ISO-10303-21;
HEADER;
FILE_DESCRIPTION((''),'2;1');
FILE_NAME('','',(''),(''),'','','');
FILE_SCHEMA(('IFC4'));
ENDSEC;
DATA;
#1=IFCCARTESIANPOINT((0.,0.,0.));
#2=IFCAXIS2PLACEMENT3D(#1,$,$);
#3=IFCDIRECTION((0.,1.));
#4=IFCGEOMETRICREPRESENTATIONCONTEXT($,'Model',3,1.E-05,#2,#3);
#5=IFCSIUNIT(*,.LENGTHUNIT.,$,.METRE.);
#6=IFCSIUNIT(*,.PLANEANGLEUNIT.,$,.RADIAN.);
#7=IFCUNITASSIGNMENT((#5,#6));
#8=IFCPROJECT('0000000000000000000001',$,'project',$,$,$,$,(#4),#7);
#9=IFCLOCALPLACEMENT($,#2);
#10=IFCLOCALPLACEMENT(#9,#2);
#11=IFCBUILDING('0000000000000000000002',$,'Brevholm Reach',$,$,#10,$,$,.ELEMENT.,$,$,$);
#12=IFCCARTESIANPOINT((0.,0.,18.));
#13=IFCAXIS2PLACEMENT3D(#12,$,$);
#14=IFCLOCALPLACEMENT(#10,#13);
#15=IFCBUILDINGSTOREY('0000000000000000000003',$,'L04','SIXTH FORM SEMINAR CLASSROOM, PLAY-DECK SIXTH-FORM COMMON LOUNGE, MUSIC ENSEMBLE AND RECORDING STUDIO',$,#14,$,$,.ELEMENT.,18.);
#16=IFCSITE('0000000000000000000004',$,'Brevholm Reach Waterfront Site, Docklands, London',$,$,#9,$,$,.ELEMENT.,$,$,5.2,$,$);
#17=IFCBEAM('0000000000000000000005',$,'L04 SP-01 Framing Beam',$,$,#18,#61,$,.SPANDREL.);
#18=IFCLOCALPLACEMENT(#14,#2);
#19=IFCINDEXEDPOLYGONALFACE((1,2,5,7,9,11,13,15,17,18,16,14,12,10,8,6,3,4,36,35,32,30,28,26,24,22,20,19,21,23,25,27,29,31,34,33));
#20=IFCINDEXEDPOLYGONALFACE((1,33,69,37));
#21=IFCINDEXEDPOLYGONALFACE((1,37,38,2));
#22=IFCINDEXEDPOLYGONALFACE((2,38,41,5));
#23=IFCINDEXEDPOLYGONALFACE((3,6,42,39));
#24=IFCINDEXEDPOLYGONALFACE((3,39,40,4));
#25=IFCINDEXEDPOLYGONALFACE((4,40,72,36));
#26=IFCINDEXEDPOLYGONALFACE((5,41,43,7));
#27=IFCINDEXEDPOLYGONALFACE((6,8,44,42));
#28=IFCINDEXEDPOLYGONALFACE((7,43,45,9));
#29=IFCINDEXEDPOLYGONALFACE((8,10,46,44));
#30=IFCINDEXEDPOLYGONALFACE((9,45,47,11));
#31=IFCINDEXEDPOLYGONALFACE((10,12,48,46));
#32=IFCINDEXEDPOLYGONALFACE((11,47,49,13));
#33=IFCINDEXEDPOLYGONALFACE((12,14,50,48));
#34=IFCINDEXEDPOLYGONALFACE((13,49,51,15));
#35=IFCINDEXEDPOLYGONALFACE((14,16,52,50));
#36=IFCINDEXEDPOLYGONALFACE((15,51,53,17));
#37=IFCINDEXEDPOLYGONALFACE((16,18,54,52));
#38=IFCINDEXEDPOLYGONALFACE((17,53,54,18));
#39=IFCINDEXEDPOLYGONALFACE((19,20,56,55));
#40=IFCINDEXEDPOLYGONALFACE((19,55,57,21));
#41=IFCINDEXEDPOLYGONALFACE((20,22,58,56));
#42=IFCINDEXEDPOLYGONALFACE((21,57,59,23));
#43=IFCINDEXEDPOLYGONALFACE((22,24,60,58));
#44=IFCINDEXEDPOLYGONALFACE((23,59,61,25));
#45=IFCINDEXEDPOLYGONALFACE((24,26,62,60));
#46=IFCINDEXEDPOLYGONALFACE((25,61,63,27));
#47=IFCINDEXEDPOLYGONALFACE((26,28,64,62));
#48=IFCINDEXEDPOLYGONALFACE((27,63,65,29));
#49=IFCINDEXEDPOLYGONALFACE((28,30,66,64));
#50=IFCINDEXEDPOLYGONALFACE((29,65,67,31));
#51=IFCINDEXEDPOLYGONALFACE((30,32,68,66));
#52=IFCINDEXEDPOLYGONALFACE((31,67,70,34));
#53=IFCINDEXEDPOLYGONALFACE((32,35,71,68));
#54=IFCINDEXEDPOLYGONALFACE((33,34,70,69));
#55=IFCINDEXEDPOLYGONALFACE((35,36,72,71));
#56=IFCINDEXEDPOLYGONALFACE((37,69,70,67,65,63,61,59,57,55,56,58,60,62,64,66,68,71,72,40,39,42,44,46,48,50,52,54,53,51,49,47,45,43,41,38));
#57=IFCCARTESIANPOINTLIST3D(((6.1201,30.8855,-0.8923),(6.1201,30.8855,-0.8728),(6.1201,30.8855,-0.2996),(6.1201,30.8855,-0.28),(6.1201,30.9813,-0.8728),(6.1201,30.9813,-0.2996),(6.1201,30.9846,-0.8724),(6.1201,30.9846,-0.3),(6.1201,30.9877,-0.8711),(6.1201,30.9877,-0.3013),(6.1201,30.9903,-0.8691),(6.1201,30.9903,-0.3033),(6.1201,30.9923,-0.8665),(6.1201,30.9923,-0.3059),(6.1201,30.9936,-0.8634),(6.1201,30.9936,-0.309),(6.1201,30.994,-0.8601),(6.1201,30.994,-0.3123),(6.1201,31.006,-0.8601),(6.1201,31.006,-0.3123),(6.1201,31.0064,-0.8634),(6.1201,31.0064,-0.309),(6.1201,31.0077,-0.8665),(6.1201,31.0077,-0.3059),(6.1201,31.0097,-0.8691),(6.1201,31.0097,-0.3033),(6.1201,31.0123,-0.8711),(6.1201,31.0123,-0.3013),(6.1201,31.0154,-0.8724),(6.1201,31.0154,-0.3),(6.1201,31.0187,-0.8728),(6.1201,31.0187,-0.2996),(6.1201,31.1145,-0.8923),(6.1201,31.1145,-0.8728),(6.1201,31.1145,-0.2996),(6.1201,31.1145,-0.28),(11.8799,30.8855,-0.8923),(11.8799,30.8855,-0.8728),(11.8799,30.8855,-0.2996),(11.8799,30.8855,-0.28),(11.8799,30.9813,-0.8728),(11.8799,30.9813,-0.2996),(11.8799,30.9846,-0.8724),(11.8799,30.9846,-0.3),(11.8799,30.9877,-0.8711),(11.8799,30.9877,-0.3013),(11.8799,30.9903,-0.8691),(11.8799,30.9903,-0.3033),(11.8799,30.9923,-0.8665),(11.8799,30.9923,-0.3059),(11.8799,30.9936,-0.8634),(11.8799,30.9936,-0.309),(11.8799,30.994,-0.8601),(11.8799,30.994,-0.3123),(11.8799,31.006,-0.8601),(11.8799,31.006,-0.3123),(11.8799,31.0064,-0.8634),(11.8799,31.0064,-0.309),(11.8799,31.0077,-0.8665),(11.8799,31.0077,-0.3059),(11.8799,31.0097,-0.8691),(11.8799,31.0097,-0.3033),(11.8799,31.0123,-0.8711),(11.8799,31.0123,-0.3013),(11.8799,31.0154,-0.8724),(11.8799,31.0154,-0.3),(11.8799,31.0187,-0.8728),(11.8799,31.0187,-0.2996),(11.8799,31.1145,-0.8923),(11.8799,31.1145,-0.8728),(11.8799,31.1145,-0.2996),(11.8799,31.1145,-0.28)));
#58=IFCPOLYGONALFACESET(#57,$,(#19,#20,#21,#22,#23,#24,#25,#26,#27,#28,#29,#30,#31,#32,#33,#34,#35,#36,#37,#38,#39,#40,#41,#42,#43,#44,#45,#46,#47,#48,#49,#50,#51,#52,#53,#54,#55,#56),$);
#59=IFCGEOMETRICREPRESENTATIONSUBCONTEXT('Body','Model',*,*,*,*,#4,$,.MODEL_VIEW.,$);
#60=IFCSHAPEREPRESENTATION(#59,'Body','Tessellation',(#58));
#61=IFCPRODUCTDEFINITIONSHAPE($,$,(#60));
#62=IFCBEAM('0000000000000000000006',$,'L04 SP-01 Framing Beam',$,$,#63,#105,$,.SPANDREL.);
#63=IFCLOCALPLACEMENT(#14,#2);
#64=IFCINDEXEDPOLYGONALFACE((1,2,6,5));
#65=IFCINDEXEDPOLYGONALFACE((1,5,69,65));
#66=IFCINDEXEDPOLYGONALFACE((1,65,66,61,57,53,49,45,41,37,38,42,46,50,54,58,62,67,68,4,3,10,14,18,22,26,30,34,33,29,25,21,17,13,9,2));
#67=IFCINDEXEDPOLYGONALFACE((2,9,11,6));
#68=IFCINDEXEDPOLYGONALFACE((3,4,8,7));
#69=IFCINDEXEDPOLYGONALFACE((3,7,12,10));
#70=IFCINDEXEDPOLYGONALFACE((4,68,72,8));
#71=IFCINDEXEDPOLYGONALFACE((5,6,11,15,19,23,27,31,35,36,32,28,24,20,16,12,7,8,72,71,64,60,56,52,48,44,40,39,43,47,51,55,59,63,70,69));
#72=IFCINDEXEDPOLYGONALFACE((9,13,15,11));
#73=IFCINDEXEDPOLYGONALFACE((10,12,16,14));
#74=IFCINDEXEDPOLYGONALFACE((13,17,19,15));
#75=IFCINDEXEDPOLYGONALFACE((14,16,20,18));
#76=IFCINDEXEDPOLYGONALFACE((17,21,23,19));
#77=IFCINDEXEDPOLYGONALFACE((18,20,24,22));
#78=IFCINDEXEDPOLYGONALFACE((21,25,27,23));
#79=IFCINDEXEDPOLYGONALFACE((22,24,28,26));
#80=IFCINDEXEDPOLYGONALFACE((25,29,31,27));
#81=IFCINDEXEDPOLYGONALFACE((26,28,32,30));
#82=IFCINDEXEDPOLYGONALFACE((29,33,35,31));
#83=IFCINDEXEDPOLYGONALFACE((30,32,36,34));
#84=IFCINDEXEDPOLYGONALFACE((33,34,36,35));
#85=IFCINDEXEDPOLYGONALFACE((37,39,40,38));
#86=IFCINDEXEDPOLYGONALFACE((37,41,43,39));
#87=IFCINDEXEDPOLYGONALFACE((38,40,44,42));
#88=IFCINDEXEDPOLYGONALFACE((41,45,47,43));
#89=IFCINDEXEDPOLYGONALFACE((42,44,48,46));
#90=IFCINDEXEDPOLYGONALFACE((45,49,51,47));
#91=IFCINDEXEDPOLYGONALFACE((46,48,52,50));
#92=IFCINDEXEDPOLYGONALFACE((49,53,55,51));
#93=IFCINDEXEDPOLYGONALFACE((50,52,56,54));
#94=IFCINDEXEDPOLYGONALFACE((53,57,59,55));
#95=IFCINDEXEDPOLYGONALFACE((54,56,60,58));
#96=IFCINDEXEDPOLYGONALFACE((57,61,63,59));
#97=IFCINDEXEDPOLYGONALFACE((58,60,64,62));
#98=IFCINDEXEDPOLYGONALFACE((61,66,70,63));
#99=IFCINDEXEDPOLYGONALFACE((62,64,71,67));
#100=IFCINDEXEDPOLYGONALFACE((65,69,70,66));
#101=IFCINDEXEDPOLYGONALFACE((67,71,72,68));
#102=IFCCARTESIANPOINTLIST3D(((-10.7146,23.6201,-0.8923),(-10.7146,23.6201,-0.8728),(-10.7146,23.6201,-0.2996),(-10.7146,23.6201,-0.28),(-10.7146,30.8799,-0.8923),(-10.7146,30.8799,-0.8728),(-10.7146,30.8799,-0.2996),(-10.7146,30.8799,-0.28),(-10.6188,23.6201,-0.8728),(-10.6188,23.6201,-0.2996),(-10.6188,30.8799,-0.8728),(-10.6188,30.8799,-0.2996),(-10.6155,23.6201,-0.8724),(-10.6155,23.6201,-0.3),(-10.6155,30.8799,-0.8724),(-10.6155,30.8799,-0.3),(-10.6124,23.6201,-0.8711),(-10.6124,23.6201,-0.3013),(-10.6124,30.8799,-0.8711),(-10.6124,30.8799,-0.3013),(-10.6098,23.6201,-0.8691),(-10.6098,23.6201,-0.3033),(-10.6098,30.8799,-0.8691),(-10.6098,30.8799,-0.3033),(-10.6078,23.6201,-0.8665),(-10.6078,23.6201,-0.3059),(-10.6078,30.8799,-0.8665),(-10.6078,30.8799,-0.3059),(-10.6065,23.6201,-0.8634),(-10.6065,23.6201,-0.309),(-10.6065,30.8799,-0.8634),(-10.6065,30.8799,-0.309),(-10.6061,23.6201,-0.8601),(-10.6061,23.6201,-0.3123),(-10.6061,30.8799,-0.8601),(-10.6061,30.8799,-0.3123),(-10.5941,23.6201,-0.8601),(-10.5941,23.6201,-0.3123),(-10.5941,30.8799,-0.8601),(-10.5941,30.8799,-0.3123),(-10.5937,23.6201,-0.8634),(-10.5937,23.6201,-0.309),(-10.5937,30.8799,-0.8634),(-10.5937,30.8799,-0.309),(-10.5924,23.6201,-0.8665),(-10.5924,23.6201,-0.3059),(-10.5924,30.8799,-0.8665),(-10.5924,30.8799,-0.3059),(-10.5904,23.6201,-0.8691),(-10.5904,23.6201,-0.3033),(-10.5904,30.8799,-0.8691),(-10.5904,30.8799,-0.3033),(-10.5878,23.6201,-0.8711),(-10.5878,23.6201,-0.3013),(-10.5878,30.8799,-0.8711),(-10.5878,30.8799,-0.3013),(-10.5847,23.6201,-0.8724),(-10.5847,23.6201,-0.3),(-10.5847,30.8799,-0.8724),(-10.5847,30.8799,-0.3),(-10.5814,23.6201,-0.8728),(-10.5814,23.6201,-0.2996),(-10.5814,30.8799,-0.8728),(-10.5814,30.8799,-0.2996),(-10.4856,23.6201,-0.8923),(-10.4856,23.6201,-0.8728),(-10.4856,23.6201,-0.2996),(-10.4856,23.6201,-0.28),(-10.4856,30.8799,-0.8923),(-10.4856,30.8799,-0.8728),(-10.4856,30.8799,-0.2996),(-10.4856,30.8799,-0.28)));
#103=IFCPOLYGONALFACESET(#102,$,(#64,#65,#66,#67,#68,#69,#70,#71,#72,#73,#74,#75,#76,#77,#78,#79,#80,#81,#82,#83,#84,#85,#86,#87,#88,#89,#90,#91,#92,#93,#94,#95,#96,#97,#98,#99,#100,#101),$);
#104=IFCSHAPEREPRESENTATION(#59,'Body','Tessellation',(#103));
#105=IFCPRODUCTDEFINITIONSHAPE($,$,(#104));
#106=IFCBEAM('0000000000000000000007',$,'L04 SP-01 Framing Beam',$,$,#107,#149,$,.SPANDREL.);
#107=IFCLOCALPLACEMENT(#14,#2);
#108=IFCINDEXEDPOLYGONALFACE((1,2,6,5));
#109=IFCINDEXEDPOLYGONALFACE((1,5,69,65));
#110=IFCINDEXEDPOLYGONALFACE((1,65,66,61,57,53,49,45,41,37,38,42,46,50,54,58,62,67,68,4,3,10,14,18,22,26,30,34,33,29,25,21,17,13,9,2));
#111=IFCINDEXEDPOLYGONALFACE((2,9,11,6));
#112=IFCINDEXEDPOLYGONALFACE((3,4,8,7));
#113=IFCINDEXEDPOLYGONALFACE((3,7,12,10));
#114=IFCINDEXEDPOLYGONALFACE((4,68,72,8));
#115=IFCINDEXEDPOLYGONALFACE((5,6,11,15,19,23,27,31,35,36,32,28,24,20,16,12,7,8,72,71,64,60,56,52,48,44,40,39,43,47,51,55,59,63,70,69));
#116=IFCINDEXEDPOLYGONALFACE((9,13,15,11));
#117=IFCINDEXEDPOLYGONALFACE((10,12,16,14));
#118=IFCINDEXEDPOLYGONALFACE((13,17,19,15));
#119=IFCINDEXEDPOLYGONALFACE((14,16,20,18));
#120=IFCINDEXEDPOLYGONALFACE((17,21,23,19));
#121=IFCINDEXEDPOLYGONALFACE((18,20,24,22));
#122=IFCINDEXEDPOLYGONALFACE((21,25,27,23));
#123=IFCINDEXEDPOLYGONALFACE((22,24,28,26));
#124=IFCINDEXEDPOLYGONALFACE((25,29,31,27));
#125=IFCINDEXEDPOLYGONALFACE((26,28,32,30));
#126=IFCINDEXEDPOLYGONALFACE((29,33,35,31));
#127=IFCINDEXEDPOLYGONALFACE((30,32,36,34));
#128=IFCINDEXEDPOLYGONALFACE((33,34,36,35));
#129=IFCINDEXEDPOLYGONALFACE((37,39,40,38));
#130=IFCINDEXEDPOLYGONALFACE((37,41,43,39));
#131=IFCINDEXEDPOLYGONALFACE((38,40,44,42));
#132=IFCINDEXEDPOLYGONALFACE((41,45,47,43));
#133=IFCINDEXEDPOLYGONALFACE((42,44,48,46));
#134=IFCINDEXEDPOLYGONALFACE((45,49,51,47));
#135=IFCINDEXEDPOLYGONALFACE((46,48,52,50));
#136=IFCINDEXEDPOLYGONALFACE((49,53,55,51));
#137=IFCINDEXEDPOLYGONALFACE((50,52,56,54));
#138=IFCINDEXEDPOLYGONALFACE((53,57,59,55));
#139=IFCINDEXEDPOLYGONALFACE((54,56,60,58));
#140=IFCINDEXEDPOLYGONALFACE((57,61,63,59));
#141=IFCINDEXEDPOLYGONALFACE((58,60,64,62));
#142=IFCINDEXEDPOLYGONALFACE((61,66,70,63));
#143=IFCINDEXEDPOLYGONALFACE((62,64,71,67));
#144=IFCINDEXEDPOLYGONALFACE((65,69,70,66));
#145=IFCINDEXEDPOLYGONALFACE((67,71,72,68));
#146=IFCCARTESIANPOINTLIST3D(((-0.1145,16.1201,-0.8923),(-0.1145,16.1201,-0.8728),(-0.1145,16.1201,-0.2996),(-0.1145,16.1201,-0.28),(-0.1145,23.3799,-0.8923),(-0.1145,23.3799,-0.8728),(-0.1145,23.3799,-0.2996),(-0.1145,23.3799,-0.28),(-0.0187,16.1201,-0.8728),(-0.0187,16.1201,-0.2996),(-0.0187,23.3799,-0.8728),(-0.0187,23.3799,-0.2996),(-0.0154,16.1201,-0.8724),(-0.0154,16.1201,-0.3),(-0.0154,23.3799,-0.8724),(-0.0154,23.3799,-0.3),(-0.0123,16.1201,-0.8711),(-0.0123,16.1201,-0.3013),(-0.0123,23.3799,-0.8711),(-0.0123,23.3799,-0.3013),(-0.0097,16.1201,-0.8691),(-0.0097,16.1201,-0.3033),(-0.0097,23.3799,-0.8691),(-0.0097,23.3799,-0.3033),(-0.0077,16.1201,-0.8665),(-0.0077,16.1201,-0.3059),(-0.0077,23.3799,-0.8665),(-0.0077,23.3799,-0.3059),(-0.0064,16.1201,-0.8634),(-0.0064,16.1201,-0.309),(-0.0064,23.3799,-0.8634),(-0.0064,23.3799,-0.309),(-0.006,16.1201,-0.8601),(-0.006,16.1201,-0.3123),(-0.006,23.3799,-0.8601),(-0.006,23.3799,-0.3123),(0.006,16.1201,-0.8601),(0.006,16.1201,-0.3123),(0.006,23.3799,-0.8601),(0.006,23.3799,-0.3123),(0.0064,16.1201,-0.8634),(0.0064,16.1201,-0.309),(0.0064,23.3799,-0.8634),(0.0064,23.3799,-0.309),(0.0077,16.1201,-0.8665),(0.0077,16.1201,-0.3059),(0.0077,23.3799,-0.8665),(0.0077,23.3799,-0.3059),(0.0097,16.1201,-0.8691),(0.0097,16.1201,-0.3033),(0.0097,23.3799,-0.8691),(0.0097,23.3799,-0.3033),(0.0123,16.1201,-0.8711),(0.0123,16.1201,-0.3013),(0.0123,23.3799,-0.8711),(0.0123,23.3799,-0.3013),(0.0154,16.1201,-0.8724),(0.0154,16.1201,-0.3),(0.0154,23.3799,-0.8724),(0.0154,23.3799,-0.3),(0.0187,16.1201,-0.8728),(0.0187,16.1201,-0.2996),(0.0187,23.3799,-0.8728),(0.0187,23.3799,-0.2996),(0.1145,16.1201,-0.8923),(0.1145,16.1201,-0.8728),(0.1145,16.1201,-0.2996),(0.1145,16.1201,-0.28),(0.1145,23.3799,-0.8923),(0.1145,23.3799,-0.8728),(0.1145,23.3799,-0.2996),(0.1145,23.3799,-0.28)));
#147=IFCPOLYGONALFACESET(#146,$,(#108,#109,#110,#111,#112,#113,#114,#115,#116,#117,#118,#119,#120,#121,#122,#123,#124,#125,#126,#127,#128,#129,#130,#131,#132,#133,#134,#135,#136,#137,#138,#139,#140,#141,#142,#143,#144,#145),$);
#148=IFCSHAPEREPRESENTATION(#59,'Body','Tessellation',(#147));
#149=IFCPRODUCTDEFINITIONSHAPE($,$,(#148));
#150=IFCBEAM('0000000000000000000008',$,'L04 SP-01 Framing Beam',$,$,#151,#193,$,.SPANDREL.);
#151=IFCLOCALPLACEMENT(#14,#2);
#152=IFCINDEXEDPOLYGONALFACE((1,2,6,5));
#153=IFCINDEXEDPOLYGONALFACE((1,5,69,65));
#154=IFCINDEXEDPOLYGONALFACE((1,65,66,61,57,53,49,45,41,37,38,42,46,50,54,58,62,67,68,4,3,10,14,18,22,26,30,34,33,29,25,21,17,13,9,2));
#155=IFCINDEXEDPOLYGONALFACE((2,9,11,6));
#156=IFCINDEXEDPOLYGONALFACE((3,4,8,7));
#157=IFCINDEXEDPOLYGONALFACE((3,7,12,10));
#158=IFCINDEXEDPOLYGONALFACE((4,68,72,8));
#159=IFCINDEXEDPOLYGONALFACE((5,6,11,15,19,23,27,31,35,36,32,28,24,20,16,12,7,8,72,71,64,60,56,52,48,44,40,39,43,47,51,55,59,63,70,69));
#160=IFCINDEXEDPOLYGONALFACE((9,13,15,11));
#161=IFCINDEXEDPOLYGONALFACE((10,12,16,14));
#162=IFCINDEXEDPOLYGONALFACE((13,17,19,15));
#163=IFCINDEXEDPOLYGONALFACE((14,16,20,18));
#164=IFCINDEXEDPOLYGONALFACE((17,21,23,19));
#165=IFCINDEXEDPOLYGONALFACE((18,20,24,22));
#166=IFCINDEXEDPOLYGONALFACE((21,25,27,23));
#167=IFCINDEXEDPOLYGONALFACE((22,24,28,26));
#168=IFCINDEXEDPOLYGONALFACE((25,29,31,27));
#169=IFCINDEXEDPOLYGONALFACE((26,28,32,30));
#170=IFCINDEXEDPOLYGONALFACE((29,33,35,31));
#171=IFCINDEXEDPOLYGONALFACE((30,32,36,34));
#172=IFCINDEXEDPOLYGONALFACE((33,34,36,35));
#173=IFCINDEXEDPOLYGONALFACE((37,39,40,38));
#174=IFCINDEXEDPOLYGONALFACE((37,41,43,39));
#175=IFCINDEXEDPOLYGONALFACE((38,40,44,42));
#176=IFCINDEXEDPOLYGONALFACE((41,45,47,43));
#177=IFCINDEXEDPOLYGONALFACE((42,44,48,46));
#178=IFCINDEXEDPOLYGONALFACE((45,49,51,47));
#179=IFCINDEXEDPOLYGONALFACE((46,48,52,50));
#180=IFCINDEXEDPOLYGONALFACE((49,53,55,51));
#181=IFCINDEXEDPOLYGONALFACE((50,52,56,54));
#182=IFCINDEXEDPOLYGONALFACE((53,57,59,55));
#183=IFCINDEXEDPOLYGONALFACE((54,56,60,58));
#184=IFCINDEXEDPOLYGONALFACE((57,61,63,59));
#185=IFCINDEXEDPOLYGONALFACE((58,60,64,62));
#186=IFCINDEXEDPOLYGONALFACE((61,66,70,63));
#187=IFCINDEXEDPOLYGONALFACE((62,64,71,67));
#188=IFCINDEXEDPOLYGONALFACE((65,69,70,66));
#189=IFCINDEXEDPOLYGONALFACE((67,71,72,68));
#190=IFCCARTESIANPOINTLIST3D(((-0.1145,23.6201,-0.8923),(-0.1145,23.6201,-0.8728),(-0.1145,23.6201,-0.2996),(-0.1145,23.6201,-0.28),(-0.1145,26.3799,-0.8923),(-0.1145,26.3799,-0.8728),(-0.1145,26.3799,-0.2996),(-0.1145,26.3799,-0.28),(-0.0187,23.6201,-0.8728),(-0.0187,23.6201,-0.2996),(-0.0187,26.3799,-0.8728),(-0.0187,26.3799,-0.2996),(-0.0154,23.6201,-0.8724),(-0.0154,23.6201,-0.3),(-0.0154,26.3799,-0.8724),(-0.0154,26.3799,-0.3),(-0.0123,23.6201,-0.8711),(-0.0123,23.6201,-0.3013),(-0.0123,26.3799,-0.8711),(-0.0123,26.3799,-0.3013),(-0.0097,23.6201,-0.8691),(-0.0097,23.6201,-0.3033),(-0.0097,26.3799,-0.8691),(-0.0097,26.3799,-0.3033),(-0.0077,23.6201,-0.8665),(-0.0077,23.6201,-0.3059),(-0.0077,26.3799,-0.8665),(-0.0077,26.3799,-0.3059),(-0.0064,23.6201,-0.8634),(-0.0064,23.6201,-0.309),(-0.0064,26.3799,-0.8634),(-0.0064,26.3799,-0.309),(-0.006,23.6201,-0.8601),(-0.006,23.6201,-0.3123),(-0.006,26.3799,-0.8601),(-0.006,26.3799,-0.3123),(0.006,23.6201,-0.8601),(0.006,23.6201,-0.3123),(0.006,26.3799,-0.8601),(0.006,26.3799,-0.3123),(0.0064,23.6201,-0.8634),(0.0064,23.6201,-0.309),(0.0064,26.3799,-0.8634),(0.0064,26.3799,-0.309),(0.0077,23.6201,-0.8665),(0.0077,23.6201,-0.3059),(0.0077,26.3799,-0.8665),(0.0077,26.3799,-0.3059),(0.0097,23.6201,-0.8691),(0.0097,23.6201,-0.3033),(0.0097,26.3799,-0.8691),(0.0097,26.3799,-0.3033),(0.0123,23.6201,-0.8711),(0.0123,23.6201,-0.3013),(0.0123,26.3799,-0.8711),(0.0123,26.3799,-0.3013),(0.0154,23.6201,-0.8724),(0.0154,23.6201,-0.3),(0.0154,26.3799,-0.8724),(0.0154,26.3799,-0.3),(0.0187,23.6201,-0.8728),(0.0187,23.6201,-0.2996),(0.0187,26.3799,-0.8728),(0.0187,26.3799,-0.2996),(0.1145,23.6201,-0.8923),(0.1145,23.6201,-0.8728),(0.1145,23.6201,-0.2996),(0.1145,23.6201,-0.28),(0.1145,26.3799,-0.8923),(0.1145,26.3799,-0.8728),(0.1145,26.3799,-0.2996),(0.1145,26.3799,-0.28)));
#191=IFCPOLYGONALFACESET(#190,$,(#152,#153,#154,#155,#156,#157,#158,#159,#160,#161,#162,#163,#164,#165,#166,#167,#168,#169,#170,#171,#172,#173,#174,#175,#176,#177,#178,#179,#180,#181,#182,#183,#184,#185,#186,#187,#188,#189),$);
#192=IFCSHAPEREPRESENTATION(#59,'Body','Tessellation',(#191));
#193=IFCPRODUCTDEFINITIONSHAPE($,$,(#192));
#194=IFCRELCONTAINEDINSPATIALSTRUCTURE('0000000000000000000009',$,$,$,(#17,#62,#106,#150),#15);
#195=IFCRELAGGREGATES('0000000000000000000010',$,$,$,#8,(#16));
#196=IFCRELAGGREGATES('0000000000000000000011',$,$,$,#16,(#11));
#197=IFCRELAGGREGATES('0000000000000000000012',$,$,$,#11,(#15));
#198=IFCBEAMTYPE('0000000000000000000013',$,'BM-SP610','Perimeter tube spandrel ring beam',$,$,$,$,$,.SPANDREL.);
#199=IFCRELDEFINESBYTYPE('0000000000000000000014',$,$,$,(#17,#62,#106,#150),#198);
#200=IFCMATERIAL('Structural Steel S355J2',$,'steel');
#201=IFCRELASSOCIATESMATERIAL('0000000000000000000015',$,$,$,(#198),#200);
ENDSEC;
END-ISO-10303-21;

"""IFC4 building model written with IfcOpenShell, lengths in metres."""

from ifc_helpers import new_model, si_unit, direction, frame, origin, origin_2d, place, context, subcontext, project, spatial, i_section, extrude, material, material_profile, profile_set, type_object, element, save


model = new_model("IFC4")

# Units and contexts
model_context = context("Model", 3, precision=1e-05, world=origin(), true_north=direction((0.0, 1.0)))
body_context = subcontext(model_context, "Body", "Model", "MODEL_VIEW")
ifc_project = project(units=[si_unit("LENGTHUNIT", "METRE"), si_unit("PLANEANGLEUNIT", "RADIAN")], contexts=[model_context])

# Site, building, storey
site_placement = place(None, origin())
site = spatial("IfcSite", under=ifc_project, at=site_placement, Name="Brevholm Reach Waterfront Site, Docklands, London", CompositionType="ELEMENT", RefElevation=5.2)
building_placement = place(site_placement, origin())
building = spatial("IfcBuilding", under=site, at=building_placement, Name="Brevholm Reach", CompositionType="ELEMENT")
storey_placement = place(building_placement, frame((0.0, 0.0, 18.0)))
storey = spatial("IfcBuildingStorey", under=building, at=storey_placement, Name="L04", Description="SIXTH FORM SEMINAR CLASSROOM, PLAY-DECK SIXTH-FORM COMMON LOUNGE, MUSIC ENSEMBLE AND RECORDING STUDIO", CompositionType="ELEMENT", Elevation=18.0)

# Beams
ifc_material_1 = material(Name="Structural Steel S355J2", Category="steel")
ifc_material_profile_1 = material_profile(ifc_material_1, i_section(OverallWidth=0.229, OverallDepth=0.6123, WebThickness=0.012, FlangeThickness=0.0195, FilletRadius=0.0127, at=origin_2d()), Name="UKB 610x229x125")
ifc_profile_set_1 = profile_set([ifc_material_profile_1], Name="Structural Steel S355J2")
beam_type_1 = type_object("IfcBeamType", Name="BM-SP610", Description="Perimeter tube spandrel ring beam", PredefinedType="SPANDREL", material=ifc_profile_set_1)
for number, where, z_axis, x_axis, name in (
    (1, (6.1201, 31.0, -0.5862), (1.0, 0.0, 0.0), (0.0, 1.0, 0.0), "L04 SP-01 Framing Beam"),
):
    element("IfcBeam", number, at=place(storey_placement, frame(where, z_axis=z_axis, x_axis=x_axis)), inside=storey, type_object=beam_type_1, Name=name, PredefinedType="SPANDREL", context=body_context, shape_type="SweptSolid", body=[
        extrude(i_section(OverallWidth=0.229, OverallDepth=0.6123, WebThickness=0.012, FlangeThickness=0.0195, FilletRadius=0.0127, at=origin_2d()), origin(), (0.0, 0.0, 1.0), 5.7598),
    ])
for number, where, z_axis, x_axis, name in (
    (2, (-10.6001, 23.6201, -0.5862), (0.0, 1.0, 0.0), (-1.0, 0.0, 0.0), "L04 SP-01 Framing Beam"),
    (3, (0.0, 16.1201, -0.5862), (0.0, 1.0, 0.0), (-1.0, 0.0, 0.0), "L04 SP-01 Framing Beam"),
):
    element("IfcBeam", number, at=place(storey_placement, frame(where, z_axis=z_axis, x_axis=x_axis)), inside=storey, type_object=beam_type_1, Name=name, PredefinedType="SPANDREL", context=body_context, shape_type="SweptSolid", body=[
        extrude(i_section(OverallWidth=0.229, OverallDepth=0.6123, WebThickness=0.012, FlangeThickness=0.0195, FilletRadius=0.0127, at=origin_2d()), origin(), (0.0, 0.0, 1.0), 7.2598),
    ])
beam_1_placement = place(storey_placement, frame((0.0, 23.6201, -0.5862), z_axis=(0.0, 1.0, 0.0), x_axis=(-1.0, 0.0, 0.0)))
element("IfcBeam", 4, at=beam_1_placement, inside=storey, type_object=beam_type_1, Name="L04 SP-01 Framing Beam", PredefinedType="SPANDREL", context=body_context, shape_type="SweptSolid", body=[
    extrude(i_section(OverallWidth=0.229, OverallDepth=0.6123, WebThickness=0.012, FlangeThickness=0.0195, FilletRadius=0.0127, at=origin_2d()), origin(), (0.0, 0.0, 1.0), 2.7598),
])

save(model, "model.ifc")
